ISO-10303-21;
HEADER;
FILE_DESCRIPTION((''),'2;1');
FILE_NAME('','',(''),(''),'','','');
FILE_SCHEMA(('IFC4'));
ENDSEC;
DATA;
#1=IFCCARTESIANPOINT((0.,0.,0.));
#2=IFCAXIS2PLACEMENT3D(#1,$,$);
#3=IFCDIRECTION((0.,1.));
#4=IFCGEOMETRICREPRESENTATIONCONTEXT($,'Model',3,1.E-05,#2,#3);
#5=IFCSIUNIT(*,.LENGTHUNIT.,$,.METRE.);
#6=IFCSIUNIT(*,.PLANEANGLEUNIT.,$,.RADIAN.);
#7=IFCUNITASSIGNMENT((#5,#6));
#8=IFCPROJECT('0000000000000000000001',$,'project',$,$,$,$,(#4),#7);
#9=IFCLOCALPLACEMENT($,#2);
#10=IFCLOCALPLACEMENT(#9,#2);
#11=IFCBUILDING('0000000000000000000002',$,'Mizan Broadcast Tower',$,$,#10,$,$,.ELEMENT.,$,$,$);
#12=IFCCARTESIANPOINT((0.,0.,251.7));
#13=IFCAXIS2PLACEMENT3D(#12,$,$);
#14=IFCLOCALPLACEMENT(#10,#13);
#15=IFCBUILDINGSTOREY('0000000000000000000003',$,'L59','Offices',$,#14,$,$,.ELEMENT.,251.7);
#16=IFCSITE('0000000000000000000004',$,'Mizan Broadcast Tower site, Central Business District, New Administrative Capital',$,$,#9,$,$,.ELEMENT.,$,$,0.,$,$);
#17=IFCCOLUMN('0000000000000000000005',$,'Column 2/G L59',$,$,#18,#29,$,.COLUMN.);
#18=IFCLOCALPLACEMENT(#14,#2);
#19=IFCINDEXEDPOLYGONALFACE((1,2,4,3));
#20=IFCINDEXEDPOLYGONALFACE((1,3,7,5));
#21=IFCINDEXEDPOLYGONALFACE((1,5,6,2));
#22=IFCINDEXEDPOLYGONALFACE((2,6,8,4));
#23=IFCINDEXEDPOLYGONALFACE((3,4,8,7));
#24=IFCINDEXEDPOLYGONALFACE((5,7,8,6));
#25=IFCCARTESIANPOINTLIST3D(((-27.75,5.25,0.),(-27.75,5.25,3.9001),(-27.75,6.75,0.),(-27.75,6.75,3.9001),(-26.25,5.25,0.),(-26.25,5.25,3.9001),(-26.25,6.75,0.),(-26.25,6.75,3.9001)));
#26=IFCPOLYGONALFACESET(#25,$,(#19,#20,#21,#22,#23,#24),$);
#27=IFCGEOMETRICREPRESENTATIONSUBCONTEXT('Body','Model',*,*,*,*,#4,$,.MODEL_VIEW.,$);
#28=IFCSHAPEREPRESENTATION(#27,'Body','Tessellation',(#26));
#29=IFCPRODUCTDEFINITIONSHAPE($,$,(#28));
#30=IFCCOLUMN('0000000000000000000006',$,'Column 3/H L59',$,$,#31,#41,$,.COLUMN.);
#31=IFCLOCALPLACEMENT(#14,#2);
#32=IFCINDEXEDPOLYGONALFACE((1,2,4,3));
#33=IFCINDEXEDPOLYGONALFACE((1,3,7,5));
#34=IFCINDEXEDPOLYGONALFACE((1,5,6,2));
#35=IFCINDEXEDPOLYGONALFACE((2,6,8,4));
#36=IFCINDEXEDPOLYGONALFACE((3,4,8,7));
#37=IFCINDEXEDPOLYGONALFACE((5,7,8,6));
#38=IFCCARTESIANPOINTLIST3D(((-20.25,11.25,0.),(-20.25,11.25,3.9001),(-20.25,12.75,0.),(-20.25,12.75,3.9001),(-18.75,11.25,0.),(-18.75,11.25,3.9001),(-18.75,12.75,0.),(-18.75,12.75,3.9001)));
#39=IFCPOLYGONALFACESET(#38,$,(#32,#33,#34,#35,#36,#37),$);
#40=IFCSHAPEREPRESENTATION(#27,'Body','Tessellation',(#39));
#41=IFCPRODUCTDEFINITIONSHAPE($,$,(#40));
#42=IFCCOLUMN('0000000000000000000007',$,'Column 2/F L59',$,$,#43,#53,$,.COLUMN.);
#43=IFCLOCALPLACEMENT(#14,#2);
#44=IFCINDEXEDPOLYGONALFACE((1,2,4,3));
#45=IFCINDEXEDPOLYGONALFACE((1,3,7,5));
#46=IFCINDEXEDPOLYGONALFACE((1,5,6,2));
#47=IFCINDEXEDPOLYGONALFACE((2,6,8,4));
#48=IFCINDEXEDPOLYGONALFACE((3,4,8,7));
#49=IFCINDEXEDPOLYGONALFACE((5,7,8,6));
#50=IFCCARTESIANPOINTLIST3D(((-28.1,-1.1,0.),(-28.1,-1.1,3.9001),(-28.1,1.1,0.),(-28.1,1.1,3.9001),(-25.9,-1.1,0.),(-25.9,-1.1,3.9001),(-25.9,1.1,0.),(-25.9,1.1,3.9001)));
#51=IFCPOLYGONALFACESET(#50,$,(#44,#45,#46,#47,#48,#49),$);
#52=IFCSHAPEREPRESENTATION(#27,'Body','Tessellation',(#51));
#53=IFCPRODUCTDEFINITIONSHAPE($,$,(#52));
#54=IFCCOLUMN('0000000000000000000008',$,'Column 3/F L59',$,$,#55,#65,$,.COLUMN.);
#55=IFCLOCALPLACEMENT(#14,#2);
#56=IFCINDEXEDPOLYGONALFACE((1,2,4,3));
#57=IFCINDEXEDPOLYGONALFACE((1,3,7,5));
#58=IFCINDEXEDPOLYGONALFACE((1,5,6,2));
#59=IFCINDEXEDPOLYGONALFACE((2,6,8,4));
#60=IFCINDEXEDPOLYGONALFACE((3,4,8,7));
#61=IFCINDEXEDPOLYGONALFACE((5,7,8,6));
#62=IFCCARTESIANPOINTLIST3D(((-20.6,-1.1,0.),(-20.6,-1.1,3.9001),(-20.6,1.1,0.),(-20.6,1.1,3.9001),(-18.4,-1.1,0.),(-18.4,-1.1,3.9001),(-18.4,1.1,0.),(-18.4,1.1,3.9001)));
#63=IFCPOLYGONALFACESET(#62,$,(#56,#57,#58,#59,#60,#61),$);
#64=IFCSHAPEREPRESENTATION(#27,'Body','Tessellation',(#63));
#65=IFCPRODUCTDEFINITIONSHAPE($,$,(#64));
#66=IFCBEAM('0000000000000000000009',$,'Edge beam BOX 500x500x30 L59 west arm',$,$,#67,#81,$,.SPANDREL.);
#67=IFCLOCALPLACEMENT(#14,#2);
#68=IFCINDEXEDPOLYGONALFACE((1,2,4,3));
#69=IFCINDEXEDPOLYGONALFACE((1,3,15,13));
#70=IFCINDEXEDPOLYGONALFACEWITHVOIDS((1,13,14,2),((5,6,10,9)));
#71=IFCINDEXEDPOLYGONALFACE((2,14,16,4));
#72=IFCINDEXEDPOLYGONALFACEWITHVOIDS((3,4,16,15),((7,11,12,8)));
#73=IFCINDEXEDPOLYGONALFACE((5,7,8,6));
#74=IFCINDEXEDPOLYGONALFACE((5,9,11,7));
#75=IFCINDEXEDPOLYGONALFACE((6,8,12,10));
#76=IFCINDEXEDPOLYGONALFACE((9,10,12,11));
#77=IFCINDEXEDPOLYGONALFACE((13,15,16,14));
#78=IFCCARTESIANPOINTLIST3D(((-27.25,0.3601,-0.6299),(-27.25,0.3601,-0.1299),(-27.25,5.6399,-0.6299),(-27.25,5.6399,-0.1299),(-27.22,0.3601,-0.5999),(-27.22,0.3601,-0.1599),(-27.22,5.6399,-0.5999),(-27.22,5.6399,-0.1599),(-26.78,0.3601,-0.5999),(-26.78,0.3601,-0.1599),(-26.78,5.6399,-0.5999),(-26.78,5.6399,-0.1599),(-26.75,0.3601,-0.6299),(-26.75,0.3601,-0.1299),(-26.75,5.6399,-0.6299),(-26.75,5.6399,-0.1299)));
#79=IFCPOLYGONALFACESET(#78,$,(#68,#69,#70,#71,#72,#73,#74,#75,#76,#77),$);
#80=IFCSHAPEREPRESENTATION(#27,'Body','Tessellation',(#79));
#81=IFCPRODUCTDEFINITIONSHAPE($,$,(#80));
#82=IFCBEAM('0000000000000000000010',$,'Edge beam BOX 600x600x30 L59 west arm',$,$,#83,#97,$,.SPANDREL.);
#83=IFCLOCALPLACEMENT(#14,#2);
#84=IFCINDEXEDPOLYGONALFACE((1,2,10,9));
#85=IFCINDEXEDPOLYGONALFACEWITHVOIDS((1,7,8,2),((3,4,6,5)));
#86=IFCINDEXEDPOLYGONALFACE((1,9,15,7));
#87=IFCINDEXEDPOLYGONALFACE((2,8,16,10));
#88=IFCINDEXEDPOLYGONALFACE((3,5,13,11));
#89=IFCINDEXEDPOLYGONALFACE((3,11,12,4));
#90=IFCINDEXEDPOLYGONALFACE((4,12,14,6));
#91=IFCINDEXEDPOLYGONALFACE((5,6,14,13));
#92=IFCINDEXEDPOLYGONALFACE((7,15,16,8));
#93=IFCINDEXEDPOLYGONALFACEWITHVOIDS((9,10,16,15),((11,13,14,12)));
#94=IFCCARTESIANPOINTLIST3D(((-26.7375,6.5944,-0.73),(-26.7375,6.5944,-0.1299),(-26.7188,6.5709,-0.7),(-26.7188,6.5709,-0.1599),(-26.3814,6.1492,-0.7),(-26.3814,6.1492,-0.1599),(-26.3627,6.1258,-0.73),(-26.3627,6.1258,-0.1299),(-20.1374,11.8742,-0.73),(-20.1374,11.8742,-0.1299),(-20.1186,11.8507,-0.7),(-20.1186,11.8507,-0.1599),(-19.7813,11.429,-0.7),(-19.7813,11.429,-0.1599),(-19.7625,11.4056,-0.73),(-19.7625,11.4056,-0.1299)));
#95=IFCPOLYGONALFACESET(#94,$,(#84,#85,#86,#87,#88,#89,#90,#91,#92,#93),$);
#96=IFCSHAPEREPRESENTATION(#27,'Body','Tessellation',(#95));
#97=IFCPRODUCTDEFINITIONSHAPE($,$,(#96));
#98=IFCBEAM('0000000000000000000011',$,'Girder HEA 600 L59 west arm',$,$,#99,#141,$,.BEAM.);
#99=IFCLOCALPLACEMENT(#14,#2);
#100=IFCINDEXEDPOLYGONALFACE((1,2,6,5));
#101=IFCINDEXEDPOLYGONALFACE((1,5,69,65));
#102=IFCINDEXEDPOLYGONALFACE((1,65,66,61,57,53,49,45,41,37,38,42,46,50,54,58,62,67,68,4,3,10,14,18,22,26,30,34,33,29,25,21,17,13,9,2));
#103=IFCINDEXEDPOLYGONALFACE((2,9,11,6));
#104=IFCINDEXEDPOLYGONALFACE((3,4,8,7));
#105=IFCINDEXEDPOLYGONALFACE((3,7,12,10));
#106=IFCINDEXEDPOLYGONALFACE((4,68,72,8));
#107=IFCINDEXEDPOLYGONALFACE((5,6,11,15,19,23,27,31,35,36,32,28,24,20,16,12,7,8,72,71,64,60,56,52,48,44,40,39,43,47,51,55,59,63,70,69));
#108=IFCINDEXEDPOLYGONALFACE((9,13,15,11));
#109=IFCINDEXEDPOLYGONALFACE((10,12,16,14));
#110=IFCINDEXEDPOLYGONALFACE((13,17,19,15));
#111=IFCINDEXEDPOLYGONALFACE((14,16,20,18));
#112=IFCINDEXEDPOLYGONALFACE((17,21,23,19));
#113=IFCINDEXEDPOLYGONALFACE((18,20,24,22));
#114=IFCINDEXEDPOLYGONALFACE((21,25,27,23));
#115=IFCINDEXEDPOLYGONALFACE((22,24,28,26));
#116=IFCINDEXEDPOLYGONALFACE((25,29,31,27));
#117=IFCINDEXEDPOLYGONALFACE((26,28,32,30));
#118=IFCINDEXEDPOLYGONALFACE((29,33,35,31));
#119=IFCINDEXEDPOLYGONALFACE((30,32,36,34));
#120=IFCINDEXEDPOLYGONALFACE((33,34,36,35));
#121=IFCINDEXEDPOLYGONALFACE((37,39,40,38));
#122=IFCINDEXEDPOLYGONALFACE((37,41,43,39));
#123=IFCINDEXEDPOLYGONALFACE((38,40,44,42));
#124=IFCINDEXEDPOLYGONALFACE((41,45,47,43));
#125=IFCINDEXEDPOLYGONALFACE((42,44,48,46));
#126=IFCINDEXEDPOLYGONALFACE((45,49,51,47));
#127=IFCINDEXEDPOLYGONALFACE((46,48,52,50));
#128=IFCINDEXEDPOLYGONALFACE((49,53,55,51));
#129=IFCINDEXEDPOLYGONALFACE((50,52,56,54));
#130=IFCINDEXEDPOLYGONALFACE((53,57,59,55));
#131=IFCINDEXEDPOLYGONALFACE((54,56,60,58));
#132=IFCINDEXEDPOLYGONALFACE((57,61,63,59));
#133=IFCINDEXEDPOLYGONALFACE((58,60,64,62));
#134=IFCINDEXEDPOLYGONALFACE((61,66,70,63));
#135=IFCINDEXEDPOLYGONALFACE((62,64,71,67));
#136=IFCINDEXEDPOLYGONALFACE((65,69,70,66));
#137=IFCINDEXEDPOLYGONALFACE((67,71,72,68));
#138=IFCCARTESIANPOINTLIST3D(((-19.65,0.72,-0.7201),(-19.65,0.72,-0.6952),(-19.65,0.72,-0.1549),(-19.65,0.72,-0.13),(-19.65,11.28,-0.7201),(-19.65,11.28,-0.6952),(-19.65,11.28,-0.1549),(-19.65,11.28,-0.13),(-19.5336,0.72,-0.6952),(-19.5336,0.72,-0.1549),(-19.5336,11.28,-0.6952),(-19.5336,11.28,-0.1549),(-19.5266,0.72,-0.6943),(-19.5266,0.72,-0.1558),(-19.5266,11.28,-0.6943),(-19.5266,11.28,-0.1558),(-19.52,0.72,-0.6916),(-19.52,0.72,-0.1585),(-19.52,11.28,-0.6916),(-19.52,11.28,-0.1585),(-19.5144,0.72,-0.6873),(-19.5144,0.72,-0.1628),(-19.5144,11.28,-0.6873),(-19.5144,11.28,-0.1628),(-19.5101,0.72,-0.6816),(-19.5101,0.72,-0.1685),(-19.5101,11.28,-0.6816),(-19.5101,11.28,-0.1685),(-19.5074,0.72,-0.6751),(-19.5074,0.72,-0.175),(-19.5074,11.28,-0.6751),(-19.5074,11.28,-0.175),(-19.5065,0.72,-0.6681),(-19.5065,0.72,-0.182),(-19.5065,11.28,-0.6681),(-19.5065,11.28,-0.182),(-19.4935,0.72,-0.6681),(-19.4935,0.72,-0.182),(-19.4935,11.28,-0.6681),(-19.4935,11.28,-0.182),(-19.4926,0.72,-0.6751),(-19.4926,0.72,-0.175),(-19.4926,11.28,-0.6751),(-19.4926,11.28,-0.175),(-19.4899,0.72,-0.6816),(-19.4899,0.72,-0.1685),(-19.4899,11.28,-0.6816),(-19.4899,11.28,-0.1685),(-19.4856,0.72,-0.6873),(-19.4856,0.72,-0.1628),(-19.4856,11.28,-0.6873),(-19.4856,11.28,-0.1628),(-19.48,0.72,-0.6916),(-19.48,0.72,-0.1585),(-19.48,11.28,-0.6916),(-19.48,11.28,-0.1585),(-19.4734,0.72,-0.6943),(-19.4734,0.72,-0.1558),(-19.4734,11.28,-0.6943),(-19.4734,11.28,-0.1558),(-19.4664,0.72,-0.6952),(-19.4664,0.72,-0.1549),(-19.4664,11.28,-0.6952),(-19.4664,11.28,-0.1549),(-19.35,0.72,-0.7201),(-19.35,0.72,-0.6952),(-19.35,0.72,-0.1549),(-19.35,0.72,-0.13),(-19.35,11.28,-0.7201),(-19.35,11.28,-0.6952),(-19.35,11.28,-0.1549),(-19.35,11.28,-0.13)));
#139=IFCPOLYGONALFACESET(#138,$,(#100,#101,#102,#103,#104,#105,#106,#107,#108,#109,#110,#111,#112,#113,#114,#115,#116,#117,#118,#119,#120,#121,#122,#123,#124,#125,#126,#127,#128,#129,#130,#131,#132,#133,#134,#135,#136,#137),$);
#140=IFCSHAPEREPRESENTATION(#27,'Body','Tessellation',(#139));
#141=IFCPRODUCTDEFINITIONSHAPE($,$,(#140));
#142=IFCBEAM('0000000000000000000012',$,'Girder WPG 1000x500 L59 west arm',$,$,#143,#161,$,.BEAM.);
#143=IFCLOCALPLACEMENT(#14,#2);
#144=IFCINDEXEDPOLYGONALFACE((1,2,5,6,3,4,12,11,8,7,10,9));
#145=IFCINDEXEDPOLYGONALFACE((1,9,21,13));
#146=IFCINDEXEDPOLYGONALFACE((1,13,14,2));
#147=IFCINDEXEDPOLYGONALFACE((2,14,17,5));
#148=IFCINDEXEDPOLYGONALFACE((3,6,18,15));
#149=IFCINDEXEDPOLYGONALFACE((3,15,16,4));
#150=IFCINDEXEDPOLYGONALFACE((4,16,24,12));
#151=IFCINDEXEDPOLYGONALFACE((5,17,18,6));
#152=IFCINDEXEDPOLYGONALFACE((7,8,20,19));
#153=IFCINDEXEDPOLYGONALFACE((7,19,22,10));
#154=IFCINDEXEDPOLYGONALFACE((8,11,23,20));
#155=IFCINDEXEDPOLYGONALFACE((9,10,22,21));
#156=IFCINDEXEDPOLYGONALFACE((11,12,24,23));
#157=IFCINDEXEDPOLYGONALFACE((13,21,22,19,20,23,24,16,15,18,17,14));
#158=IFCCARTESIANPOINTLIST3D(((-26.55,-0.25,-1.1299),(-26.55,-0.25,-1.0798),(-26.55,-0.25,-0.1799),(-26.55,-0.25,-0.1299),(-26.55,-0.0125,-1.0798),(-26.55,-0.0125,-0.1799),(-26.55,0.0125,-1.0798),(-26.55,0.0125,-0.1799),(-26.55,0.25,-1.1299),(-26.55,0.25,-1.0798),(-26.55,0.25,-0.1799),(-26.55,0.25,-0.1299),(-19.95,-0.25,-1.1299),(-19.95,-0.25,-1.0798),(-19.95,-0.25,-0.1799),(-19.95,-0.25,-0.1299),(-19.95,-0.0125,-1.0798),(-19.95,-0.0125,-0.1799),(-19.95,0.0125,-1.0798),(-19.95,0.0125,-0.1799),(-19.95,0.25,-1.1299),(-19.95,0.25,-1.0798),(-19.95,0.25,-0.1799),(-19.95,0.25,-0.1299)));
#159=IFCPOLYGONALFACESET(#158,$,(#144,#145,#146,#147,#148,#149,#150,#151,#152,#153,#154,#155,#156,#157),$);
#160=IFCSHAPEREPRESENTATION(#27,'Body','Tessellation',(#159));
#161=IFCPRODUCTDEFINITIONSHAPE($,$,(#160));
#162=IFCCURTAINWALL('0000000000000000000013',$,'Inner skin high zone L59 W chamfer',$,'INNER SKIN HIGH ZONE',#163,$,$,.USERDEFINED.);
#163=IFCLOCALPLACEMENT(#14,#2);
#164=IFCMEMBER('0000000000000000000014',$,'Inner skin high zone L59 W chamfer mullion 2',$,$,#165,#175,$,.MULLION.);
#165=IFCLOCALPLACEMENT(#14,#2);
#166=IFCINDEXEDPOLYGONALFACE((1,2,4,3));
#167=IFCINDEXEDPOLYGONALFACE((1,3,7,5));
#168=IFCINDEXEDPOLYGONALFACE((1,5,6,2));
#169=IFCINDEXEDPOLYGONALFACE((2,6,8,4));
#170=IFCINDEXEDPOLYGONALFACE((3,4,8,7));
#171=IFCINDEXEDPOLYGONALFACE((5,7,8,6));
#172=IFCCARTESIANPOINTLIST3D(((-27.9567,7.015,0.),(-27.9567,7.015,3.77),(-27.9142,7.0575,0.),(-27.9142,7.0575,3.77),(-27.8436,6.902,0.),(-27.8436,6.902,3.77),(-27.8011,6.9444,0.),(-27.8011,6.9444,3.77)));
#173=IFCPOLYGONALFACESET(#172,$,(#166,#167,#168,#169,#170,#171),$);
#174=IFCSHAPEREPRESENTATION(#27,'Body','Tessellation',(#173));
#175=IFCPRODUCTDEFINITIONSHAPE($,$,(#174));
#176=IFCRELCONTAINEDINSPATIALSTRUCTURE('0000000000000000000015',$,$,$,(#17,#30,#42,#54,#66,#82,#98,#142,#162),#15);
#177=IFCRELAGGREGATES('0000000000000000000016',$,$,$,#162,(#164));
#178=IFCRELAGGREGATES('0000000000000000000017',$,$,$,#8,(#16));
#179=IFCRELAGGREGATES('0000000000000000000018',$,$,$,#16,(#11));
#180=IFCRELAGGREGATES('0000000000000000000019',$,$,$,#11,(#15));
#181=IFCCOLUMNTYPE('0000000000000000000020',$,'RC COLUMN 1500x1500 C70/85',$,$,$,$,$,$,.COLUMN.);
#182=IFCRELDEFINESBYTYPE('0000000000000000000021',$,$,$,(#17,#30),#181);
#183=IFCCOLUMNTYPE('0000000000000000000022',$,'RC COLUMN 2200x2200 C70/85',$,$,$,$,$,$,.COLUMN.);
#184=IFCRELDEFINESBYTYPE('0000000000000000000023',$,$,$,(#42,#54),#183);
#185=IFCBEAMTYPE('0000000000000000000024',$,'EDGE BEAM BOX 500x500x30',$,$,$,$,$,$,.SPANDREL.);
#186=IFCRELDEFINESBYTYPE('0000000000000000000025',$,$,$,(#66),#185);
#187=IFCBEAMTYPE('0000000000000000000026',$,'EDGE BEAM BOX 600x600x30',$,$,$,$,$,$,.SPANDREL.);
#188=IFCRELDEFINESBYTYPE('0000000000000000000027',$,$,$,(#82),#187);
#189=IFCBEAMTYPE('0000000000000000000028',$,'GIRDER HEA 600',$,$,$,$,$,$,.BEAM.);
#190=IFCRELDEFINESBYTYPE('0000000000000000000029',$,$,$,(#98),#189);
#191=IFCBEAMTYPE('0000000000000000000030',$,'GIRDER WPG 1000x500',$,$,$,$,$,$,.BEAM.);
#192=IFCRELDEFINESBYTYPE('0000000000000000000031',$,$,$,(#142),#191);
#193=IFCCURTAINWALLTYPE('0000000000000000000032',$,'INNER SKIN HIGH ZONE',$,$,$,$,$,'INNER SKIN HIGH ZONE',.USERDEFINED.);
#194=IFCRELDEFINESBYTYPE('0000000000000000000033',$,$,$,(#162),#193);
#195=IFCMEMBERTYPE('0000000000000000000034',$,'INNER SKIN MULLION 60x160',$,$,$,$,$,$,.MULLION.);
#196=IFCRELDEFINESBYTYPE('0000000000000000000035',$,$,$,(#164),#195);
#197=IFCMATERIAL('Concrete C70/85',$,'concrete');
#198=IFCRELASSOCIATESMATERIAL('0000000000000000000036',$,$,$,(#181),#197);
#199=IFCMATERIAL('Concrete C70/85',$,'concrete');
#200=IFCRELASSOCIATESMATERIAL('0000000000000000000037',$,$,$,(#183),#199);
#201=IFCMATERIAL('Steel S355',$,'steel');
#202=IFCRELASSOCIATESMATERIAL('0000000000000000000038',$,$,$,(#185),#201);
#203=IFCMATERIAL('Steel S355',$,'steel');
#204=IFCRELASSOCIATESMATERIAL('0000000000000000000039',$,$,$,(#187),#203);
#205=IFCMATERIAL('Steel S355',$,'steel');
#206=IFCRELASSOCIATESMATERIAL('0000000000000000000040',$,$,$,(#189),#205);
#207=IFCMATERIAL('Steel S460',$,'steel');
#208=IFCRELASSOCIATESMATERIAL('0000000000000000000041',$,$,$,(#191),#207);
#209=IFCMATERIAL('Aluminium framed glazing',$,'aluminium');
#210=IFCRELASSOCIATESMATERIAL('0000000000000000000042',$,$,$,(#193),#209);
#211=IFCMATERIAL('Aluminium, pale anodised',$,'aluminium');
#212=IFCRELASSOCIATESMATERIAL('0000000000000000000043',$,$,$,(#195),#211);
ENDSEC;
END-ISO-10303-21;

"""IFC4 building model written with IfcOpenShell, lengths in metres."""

from ifc_helpers import new_model, si_unit, direction, frame, origin, origin_2d, place, context, subcontext, project, spatial, rectangle, hollow_rectangle, i_section, extrude, material, material_profile, profile_set, type_object, element, aggregate, save


model = new_model("IFC4")

# Units and contexts
model_context = context("Model", 3, precision=1e-05, world=origin(), true_north=direction((0.0, 1.0)))
body_context = subcontext(model_context, "Body", "Model", "MODEL_VIEW")
ifc_project = project(units=[si_unit("LENGTHUNIT", "METRE"), si_unit("PLANEANGLEUNIT", "RADIAN")], contexts=[model_context])

# Site, building, storey
site_placement = place(None, origin())
site = spatial("IfcSite", under=ifc_project, at=site_placement, Name="Mizan Broadcast Tower site, Central Business District, New Administrative Capital", CompositionType="ELEMENT", RefElevation=0.0)
building_placement = place(site_placement, origin())
building = spatial("IfcBuilding", under=site, at=building_placement, Name="Mizan Broadcast Tower", CompositionType="ELEMENT")
storey_placement = place(building_placement, frame((0.0, 0.0, 251.7)))
storey = spatial("IfcBuildingStorey", under=building, at=storey_placement, Name="L59", Description="Offices", CompositionType="ELEMENT", Elevation=251.7)

# Columns
ifc_material_1 = material(Name="Concrete C70/85", Category="concrete")
ifc_material_profile_1 = material_profile(ifc_material_1, rectangle(XDim=1.5, YDim=1.5, at=origin_2d()), Name="RC 1500x1500")
ifc_profile_set_1 = profile_set([ifc_material_profile_1], Name="Concrete C70/85")
column_type_1 = type_object("IfcColumnType", Name="RC COLUMN 1500x1500 C70/85", PredefinedType="COLUMN", material=ifc_profile_set_1)
for number, where, z_axis, x_axis, name in (
    (1, (-27.0, 6.0, 0.0), (0.0, 0.0, 1.0), (1.0, 0.0, 0.0), "Column 2/G L59"),
    (2, (-19.5, 12.0, 0.0), (0.0, 0.0, 1.0), (1.0, 0.0, 0.0), "Column 3/H L59"),
):
    element("IfcColumn", number, at=place(storey_placement, frame(where, z_axis=z_axis, x_axis=x_axis)), inside=storey, type_object=column_type_1, Name=name, PredefinedType="COLUMN", context=body_context, shape_type="SweptSolid", body=[
        extrude(rectangle(XDim=1.5, YDim=1.5, at=origin_2d()), origin(), (0.0, 0.0, 1.0), 3.9001),
    ])
ifc_material_2 = material(Name="Concrete C70/85", Category="concrete")
ifc_material_profile_2 = material_profile(ifc_material_2, rectangle(XDim=2.2, YDim=2.2, at=origin_2d()), Name="RC 2200x2200")
ifc_profile_set_2 = profile_set([ifc_material_profile_2], Name="Concrete C70/85")
column_type_2 = type_object("IfcColumnType", Name="RC COLUMN 2200x2200 C70/85", PredefinedType="COLUMN", material=ifc_profile_set_2)
for number, where, z_axis, x_axis, name in (
    (3, (-27.0, 0.0, 0.0), (0.0, 0.0, 1.0), (1.0, 0.0, 0.0), "Column 2/F L59"),
    (4, (-19.5, 0.0, 0.0), (0.0, 0.0, 1.0), (1.0, 0.0, 0.0), "Column 3/F L59"),
):
    element("IfcColumn", number, at=place(storey_placement, frame(where, z_axis=z_axis, x_axis=x_axis)), inside=storey, type_object=column_type_2, Name=name, PredefinedType="COLUMN", context=body_context, shape_type="SweptSolid", body=[
        extrude(rectangle(XDim=2.2, YDim=2.2, at=origin_2d()), origin(), (0.0, 0.0, 1.0), 3.9001),
    ])

# Beams
ifc_material_3 = material(Name="Steel S355", Category="steel")
ifc_material_profile_3 = material_profile(ifc_material_3, hollow_rectangle(XDim=0.5, YDim=0.5, WallThickness=0.03, at=origin_2d()), Name="BOX 500x500x30")
ifc_profile_set_3 = profile_set([ifc_material_profile_3], Name="Steel S355")
beam_type_1 = type_object("IfcBeamType", Name="EDGE BEAM BOX 500x500x30", PredefinedType="SPANDREL", material=ifc_profile_set_3)
beam_1_placement = place(storey_placement, frame((-27.0, 5.6399, -0.3799), z_axis=(0.0, -1.0, 0.0), x_axis=(1.0, 0.0, 0.0)))
element("IfcBeam", 5, at=beam_1_placement, inside=storey, type_object=beam_type_1, Name="Edge beam BOX 500x500x30 L59 west arm", PredefinedType="SPANDREL", context=body_context, shape_type="SweptSolid", body=[
    extrude(hollow_rectangle(XDim=0.5, YDim=0.5, WallThickness=0.03, at=origin_2d()), origin(), (0.0, 0.0, 1.0), 5.2798),
])
ifc_material_4 = material(Name="Steel S355", Category="steel")
ifc_material_profile_4 = material_profile(ifc_material_4, hollow_rectangle(XDim=0.6001, YDim=0.6001, WallThickness=0.03, at=origin_2d()), Name="BOX 600x600x30")
ifc_profile_set_4 = profile_set([ifc_material_profile_4], Name="Steel S355")
beam_type_2 = type_object("IfcBeamType", Name="EDGE BEAM BOX 600x600x30", PredefinedType="SPANDREL", material=ifc_profile_set_4)
beam_2_placement = place(storey_placement, frame((-19.95, 11.6399, -0.4299), z_axis=(-0.780886, -0.624674, 0.0), x_axis=(0.624674, -0.780886, 0.0)))
element("IfcBeam", 6, at=beam_2_placement, inside=storey, type_object=beam_type_2, Name="Edge beam BOX 600x600x30 L59 west arm", PredefinedType="SPANDREL", context=body_context, shape_type="SweptSolid", body=[
    extrude(hollow_rectangle(XDim=0.6001, YDim=0.6001, WallThickness=0.03, at=origin_2d()), origin(), (0.0, 0.0, 1.0), 8.4521),
])
ifc_material_5 = material(Name="Steel S355", Category="steel")
ifc_material_profile_5 = material_profile(ifc_material_5, i_section(OverallWidth=0.3, OverallDepth=0.5901, WebThickness=0.0129, FlangeThickness=0.0249, FilletRadius=0.0271, at=origin_2d()), Name="HEA 600")
ifc_profile_set_5 = profile_set([ifc_material_profile_5], Name="Steel S355")
beam_type_3 = type_object("IfcBeamType", Name="GIRDER HEA 600", PredefinedType="BEAM", material=ifc_profile_set_5)
beam_3_placement = place(storey_placement, frame((-19.5, 11.28, -0.425), z_axis=(0.0, -1.0, 0.0), x_axis=(1.0, 0.0, 0.0)))
element("IfcBeam", 7, at=beam_3_placement, inside=storey, type_object=beam_type_3, Name="Girder HEA 600 L59 west arm", PredefinedType="BEAM", context=body_context, shape_type="SweptSolid", body=[
    extrude(i_section(OverallWidth=0.3, OverallDepth=0.5901, WebThickness=0.0129, FlangeThickness=0.0249, FilletRadius=0.0271, at=origin_2d()), origin(), (0.0, 0.0, 1.0), 10.5601),
])
ifc_material_6 = material(Name="Steel S460", Category="steel")
ifc_material_profile_6 = material_profile(ifc_material_6, i_section(OverallWidth=0.5, OverallDepth=1.0, WebThickness=0.0249, FlangeThickness=0.05, at=origin_2d()), Name="WPG 1000x500")
ifc_profile_set_6 = profile_set([ifc_material_profile_6], Name="Steel S460")
beam_type_4 = type_object("IfcBeamType", Name="GIRDER WPG 1000x500", PredefinedType="BEAM", material=ifc_profile_set_6)
beam_4_placement = place(storey_placement, frame((-19.95, 0.0, -0.6299), z_axis=(-1.0, 0.0, 0.0), x_axis=(0.0, -1.0, 0.0)))
element("IfcBeam", 8, at=beam_4_placement, inside=storey, type_object=beam_type_4, Name="Girder WPG 1000x500 L59 west arm", PredefinedType="BEAM", context=body_context, shape_type="SweptSolid", body=[
    extrude(i_section(OverallWidth=0.5, OverallDepth=1.0, WebThickness=0.0249, FlangeThickness=0.05, at=origin_2d()), origin(), (0.0, 0.0, 1.0), 6.6001),
])

# Curtain wall, member
ifc_material_7 = material(Name="Aluminium framed glazing", Category="aluminium")
curtain_wall_type_1 = type_object("IfcCurtainWallType", Name="INNER SKIN HIGH ZONE", ElementType="INNER SKIN HIGH ZONE", PredefinedType="USERDEFINED", material=ifc_material_7)
curtain_wall_1_placement = place(storey_placement, origin())
curtain_wall_1 = element("IfcCurtainWall", 9, at=curtain_wall_1_placement, inside=storey, type_object=curtain_wall_type_1, Name="Inner skin high zone L59 W chamfer", ObjectType="INNER SKIN HIGH ZONE", PredefinedType="USERDEFINED")
ifc_material_8 = material(Name="Aluminium, pale anodised", Category="aluminium")
ifc_material_profile_7 = material_profile(ifc_material_8, rectangle(XDim=0.1599, YDim=0.0601, at=origin_2d()), Name="MULLION 160x60")
ifc_profile_set_7 = profile_set([ifc_material_profile_7], Name="Aluminium, pale anodised")
member_type_1 = type_object("IfcMemberType", Name="INNER SKIN MULLION 60x160", PredefinedType="MULLION", material=ifc_profile_set_7)
member_1_placement = place(storey_placement, frame((-27.8789, 6.9797, 0.0), z_axis=(0.0, 0.0, 1.0), x_axis=(0.707107, -0.707107, 0.0)))
member_1 = element("IfcMember", 10, at=member_1_placement, type_object=member_type_1, Name="Inner skin high zone L59 W chamfer mullion 2", PredefinedType="MULLION", context=body_context, shape_type="SweptSolid", body=[
    extrude(rectangle(XDim=0.1599, YDim=0.0601, at=origin_2d()), origin(), (0.0, 0.0, 1.0), 3.77),
])

aggregate(curtain_wall_1, [member_1])

save(model, "model.ifc")
